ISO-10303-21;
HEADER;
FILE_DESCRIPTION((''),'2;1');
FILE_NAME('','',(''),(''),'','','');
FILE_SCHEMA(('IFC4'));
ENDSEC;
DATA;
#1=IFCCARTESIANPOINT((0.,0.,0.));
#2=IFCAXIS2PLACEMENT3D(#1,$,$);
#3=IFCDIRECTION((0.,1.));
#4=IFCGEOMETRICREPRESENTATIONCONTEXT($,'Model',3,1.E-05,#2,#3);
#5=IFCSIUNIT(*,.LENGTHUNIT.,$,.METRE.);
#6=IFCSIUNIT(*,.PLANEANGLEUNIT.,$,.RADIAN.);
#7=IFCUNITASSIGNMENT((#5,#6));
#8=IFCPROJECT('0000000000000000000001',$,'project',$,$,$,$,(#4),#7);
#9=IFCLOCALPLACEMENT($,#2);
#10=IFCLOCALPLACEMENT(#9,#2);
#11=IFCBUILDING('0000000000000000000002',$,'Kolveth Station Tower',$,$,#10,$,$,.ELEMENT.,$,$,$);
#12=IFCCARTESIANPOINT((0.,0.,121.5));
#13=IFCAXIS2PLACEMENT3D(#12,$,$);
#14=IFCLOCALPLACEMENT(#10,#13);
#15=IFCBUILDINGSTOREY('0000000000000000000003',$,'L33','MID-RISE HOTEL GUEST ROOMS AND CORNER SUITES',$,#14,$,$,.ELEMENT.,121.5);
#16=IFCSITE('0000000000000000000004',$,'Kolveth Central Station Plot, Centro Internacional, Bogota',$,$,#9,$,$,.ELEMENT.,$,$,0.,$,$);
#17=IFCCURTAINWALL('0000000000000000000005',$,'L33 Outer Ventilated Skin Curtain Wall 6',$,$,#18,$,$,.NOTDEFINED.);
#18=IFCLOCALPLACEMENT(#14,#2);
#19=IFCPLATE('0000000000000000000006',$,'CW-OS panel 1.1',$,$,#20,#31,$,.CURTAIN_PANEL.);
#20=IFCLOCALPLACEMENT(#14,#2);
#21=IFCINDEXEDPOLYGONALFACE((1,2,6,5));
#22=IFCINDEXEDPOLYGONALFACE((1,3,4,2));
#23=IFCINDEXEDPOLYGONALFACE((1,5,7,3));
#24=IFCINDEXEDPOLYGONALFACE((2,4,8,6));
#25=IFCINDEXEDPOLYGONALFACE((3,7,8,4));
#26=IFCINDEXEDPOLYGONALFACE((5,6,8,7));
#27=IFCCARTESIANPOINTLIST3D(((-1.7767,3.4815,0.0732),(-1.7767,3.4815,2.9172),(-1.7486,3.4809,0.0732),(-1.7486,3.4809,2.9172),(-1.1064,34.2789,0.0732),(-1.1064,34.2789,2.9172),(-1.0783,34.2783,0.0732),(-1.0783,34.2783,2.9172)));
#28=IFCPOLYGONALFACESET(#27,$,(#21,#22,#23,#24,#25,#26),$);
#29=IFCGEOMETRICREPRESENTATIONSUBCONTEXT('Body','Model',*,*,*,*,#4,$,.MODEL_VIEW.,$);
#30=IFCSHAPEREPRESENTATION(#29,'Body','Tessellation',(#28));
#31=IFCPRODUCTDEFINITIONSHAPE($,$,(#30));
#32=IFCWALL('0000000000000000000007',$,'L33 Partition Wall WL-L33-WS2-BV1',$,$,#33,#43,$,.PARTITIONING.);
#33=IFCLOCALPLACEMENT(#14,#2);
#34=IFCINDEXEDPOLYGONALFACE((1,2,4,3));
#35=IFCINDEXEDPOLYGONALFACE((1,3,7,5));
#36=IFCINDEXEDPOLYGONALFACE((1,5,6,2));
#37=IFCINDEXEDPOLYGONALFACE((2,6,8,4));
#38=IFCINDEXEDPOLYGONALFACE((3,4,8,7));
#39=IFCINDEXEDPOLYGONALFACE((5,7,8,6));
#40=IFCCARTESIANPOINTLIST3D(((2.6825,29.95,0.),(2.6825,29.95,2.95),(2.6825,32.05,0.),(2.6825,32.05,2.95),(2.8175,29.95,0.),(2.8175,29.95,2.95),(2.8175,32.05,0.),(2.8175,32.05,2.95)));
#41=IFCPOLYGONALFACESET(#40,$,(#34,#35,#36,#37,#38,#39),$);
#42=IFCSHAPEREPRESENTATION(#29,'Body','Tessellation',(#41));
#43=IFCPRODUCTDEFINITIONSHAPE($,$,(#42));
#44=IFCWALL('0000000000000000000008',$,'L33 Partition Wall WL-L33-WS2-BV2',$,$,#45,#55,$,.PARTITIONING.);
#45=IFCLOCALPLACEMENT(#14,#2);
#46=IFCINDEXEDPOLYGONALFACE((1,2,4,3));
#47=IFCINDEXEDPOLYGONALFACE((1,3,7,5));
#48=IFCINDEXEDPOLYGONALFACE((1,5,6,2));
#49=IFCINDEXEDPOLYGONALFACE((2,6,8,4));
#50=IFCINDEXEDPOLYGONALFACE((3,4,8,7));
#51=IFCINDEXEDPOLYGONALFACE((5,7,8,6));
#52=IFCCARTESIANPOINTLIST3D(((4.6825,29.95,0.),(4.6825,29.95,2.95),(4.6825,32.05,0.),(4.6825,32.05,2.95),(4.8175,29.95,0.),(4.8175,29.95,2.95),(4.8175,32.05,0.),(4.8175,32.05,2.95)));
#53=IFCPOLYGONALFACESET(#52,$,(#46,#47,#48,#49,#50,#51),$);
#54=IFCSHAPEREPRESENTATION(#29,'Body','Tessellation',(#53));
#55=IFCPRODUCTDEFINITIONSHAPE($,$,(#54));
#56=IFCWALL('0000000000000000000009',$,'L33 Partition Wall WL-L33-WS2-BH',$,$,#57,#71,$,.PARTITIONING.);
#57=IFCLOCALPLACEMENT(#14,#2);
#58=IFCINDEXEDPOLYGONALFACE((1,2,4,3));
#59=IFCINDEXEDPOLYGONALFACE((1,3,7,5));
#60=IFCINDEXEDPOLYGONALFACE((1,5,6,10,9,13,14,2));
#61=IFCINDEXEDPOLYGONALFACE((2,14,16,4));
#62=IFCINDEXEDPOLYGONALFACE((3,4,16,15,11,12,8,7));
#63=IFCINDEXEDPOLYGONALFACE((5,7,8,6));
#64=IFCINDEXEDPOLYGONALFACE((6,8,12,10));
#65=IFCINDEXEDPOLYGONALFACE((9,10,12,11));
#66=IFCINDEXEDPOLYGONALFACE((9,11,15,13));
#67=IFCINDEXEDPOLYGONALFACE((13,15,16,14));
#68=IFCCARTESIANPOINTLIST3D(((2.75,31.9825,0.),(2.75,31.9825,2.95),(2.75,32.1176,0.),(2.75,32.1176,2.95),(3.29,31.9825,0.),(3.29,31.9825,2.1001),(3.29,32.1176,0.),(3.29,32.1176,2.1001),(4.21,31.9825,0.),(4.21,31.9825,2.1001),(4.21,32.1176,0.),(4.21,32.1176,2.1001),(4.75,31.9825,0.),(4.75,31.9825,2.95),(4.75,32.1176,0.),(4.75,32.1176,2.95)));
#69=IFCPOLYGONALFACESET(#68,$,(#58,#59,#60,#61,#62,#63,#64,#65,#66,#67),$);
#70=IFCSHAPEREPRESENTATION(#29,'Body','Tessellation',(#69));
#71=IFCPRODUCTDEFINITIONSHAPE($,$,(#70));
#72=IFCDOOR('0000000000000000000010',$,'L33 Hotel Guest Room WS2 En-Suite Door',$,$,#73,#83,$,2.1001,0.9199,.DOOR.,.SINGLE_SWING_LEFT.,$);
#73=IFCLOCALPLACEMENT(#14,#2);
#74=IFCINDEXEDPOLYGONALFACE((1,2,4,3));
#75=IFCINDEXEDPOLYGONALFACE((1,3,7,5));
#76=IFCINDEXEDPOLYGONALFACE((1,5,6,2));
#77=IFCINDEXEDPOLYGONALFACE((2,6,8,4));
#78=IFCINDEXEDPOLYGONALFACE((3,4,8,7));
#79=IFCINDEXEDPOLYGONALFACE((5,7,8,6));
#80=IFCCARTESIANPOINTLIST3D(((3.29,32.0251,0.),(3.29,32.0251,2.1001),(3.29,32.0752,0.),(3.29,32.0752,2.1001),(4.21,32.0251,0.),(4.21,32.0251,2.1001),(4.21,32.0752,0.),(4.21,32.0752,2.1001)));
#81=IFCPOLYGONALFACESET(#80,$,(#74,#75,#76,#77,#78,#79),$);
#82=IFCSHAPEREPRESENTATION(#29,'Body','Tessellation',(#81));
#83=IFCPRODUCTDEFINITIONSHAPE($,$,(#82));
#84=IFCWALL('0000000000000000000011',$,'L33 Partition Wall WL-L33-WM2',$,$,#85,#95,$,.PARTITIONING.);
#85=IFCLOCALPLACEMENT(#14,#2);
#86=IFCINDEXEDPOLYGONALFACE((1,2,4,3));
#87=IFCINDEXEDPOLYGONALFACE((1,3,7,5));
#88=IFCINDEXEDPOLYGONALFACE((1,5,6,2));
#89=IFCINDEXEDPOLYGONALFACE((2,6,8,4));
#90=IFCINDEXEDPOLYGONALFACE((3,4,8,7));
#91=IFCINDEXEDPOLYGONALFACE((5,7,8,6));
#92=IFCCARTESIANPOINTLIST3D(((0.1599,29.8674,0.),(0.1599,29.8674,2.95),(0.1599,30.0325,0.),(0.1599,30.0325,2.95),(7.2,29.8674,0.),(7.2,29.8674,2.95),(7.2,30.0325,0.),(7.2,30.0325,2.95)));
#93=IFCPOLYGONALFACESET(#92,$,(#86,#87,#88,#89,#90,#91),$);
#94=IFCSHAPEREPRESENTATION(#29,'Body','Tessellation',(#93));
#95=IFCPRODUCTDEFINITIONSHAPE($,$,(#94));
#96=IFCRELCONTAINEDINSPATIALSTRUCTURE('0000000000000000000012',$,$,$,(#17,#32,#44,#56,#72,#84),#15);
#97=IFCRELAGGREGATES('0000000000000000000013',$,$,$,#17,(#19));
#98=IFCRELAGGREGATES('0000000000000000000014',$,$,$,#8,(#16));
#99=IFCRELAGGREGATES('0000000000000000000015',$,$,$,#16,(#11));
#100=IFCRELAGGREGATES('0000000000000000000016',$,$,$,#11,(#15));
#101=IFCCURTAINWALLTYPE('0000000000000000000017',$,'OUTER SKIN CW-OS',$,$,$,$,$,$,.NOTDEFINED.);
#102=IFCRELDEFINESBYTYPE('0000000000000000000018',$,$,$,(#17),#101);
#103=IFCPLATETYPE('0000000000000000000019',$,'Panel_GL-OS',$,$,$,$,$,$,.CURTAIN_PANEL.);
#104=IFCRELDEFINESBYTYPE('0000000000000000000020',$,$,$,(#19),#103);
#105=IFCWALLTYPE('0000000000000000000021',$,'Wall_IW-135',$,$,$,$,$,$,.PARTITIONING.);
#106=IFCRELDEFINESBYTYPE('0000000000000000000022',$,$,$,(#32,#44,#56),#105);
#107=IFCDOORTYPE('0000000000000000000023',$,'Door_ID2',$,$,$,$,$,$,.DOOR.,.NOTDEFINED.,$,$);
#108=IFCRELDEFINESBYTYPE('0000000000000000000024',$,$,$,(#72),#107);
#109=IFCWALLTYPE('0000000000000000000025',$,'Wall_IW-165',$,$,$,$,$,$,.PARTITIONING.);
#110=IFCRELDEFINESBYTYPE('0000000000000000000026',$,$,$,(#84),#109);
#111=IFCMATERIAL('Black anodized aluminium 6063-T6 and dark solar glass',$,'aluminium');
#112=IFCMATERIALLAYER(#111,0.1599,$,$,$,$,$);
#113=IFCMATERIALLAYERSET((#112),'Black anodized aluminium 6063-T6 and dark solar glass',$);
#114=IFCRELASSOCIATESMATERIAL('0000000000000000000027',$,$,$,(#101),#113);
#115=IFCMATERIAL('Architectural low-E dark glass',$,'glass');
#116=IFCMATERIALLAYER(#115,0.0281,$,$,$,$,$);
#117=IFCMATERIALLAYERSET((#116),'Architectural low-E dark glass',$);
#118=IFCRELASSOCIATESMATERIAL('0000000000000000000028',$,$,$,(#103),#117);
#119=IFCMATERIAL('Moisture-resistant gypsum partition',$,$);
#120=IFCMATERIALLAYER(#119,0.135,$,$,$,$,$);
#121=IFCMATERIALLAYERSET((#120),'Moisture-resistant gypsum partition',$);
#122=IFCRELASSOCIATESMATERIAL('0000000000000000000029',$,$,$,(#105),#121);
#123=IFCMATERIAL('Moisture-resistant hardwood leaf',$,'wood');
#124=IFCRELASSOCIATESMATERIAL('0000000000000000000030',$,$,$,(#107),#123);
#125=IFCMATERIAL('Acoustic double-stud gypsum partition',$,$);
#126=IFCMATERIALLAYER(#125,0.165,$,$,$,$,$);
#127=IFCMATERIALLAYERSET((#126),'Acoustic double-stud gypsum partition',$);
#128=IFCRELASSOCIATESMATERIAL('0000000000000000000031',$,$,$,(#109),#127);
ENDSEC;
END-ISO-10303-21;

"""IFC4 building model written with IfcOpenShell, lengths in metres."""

from ifc_helpers import new_model, si_unit, direction, frame, frame_2d, origin, origin_2d, place, context, subcontext, project, spatial, rectangle, extrude, source, transform, mapped, material, layer, layer_set, type_object, element, fill, aggregate, save


model = new_model("IFC4")

# Units and contexts
model_context = context("Model", 3, precision=1e-05, world=origin(), true_north=direction((0.0, 1.0)))
body_context = subcontext(model_context, "Body", "Model", "MODEL_VIEW")
ifc_project = project(units=[si_unit("LENGTHUNIT", "METRE"), si_unit("PLANEANGLEUNIT", "RADIAN")], contexts=[model_context])

# Site, building, storey
site_placement = place(None, origin())
site = spatial("IfcSite", under=ifc_project, at=site_placement, Name="Kolveth Central Station Plot, Centro Internacional, Bogota", CompositionType="ELEMENT", RefElevation=0.0)
building_placement = place(site_placement, origin())
building = spatial("IfcBuilding", under=site, at=building_placement, Name="Kolveth Station Tower", CompositionType="ELEMENT")
storey_placement = place(building_placement, frame((0.0, 0.0, 121.5)))
storey = spatial("IfcBuildingStorey", under=building, at=storey_placement, Name="L33", Description="MID-RISE HOTEL GUEST ROOMS AND CORNER SUITES", CompositionType="ELEMENT", Elevation=121.5)

# Shared definitions
ifc_material_1 = material(Name="Architectural low-E dark glass", Category="glass")

# Curtain wall, plate
ifc_material_2 = material(Name="Black anodized aluminium 6063-T6 and dark solar glass", Category="aluminium")
ifc_layer_1 = layer(ifc_material_2, 0.1599)
ifc_layer_set_1 = layer_set([ifc_layer_1], Name="Black anodized aluminium 6063-T6 and dark solar glass")
curtain_wall_type_1 = type_object("IfcCurtainWallType", Name="OUTER SKIN CW-OS", PredefinedType="NOTDEFINED", material=ifc_layer_set_1)
curtain_wall_1_placement = place(storey_placement, origin())
curtain_wall_1 = element("IfcCurtainWall", 1, at=curtain_wall_1_placement, inside=storey, type_object=curtain_wall_type_1, Name="L33 Outer Ventilated Skin Curtain Wall 6", PredefinedType="NOTDEFINED")
ifc_layer_2 = layer(ifc_material_1, 0.0281)
ifc_layer_set_2 = layer_set([ifc_layer_2], Name="Architectural low-E dark glass")
plate_type_1 = type_object("IfcPlateType", Name="Panel_GL-OS", PredefinedType="CURTAIN_PANEL", material=ifc_layer_set_2)
shared_shape_1 = source(origin(), body_context, "Body", "SweptSolid", [
    extrude(rectangle(XDim=30.8047, YDim=0.0281, at=origin_2d()), origin(), (0.0, 0.0, 1.0), 2.844),
])
plate_1_placement = place(storey_placement, frame((-1.4275, 18.8799, 0.0732), z_axis=(0.0, 0.0, 1.0), x_axis=(-0.021759, -0.999763, 0.0)))
plate_1 = element("IfcPlate", 2, at=plate_1_placement, type_object=plate_type_1, Name="CW-OS panel 1.1", PredefinedType="CURTAIN_PANEL", context=body_context, shape_type="MappedRepresentation", body=[
    mapped(shared_shape_1, transform((0.0, 0.0, 0.0), x_axis=(1.0, 0.0, 0.0), y_axis=(0.0, 1.0, 0.0), z_axis=(0.0, 0.0, 1.0), scale=1.0)),
])
aggregate(curtain_wall_1, [plate_1])

# Walls
ifc_material_3 = material(Name="Moisture-resistant gypsum partition")
ifc_layer_3 = layer(ifc_material_3, 0.135)
ifc_layer_set_3 = layer_set([ifc_layer_3], Name="Moisture-resistant gypsum partition")
wall_type_1 = type_object("IfcWallType", Name="Wall_IW-135", PredefinedType="PARTITIONING", material=ifc_layer_set_3)
for number, where, z_axis, x_axis, name in (
    (3, (2.75, 29.95, 0.0), (0.0, 0.0, 1.0), (0.0, 1.0, 0.0), "L33 Partition Wall WL-L33-WS2-BV1"),
    (4, (4.75, 29.95, 0.0), (0.0, 0.0, 1.0), (0.0, 1.0, 0.0), "L33 Partition Wall WL-L33-WS2-BV2"),
):
    element("IfcWall", number, at=place(storey_placement, frame(where, z_axis=z_axis, x_axis=x_axis)), inside=storey, type_object=wall_type_1, Name=name, PredefinedType="PARTITIONING", context=body_context, shape_type="SweptSolid", body=[
        extrude(rectangle(XDim=2.1001, YDim=0.135, at=frame_2d((1.05, 0.0))), origin(), (0.0, 0.0, 1.0), 2.95),
    ])

# Wall, opening, door
wall_1_placement = place(storey_placement, frame((2.75, 32.05, 0.0), z_axis=(0.0, 0.0, 1.0), x_axis=(1.0, 0.0, 0.0)))
wall_1 = element("IfcWall", 5, at=wall_1_placement, inside=storey, type_object=wall_type_1, Name="L33 Partition Wall WL-L33-WS2-BH", PredefinedType="PARTITIONING", context=body_context, shape_type="SweptSolid", body=[
    extrude(rectangle(XDim=2.0, YDim=0.135, at=frame_2d((1.0, 0.0))), origin(), (0.0, 0.0, 1.0), 2.95),
])
opening_placement = place(wall_1_placement, frame((0.54, 0.0, 0.0)))
opening = element("IfcOpeningElement", 6, at=opening_placement, cuts=wall_1, PredefinedType="OPENING", context=body_context, shape_type="SweptSolid", body=[
    extrude(rectangle(XDim=0.9199, YDim=2.1001, at=frame_2d((0.46, 1.05))), frame((0.0, 0.0774, 0.0), z_axis=(0.0, -1.0, 0.0), x_axis=(1.0, 0.0, 0.0)), (0.0, 0.0, 1.0), 0.155),
])
ifc_material_4 = material(Name="Moisture-resistant hardwood leaf", Category="wood")
door_type = type_object("IfcDoorType", Name="Door_ID2", OperationType="NOTDEFINED", PredefinedType="DOOR", material=ifc_material_4)
door_placement = place(opening_placement, frame((0.9199, 0.0, 0.0), z_axis=(0.0, 0.0, 1.0), x_axis=(-1.0, 0.0, 0.0)))
door = element("IfcDoor", 7, at=door_placement, inside=storey, type_object=door_type, Name="L33 Hotel Guest Room WS2 En-Suite Door", OperationType="SINGLE_SWING_LEFT", OverallHeight=2.1001, OverallWidth=0.9199, PredefinedType="DOOR", context=body_context, shape_type="SweptSolid", body=[
    extrude(rectangle(XDim=0.9199, YDim=2.1001, at=frame_2d((0.46, 1.05))), frame((0.0, 0.0249, 0.0), z_axis=(0.0, -1.0, 0.0), x_axis=(1.0, 0.0, 0.0)), (0.0, 0.0, 1.0), 0.05),
])
fill(opening, door)

# Wall
ifc_material_5 = material(Name="Acoustic double-stud gypsum partition")
ifc_layer_4 = layer(ifc_material_5, 0.165)
ifc_layer_set_4 = layer_set([ifc_layer_4], Name="Acoustic double-stud gypsum partition")
wall_type_2 = type_object("IfcWallType", Name="Wall_IW-165", PredefinedType="PARTITIONING", material=ifc_layer_set_4)
wall_2_placement = place(storey_placement, frame((0.1599, 29.95, 0.0), z_axis=(0.0, 0.0, 1.0), x_axis=(1.0, 0.0, 0.0)))
element("IfcWall", 8, at=wall_2_placement, inside=storey, type_object=wall_type_2, Name="L33 Partition Wall WL-L33-WM2", PredefinedType="PARTITIONING", context=body_context, shape_type="SweptSolid", body=[
    extrude(rectangle(XDim=7.04, YDim=0.165, at=frame_2d((3.52, 0.0))), origin(), (0.0, 0.0, 1.0), 2.95),
])

save(model, "model.ifc")
